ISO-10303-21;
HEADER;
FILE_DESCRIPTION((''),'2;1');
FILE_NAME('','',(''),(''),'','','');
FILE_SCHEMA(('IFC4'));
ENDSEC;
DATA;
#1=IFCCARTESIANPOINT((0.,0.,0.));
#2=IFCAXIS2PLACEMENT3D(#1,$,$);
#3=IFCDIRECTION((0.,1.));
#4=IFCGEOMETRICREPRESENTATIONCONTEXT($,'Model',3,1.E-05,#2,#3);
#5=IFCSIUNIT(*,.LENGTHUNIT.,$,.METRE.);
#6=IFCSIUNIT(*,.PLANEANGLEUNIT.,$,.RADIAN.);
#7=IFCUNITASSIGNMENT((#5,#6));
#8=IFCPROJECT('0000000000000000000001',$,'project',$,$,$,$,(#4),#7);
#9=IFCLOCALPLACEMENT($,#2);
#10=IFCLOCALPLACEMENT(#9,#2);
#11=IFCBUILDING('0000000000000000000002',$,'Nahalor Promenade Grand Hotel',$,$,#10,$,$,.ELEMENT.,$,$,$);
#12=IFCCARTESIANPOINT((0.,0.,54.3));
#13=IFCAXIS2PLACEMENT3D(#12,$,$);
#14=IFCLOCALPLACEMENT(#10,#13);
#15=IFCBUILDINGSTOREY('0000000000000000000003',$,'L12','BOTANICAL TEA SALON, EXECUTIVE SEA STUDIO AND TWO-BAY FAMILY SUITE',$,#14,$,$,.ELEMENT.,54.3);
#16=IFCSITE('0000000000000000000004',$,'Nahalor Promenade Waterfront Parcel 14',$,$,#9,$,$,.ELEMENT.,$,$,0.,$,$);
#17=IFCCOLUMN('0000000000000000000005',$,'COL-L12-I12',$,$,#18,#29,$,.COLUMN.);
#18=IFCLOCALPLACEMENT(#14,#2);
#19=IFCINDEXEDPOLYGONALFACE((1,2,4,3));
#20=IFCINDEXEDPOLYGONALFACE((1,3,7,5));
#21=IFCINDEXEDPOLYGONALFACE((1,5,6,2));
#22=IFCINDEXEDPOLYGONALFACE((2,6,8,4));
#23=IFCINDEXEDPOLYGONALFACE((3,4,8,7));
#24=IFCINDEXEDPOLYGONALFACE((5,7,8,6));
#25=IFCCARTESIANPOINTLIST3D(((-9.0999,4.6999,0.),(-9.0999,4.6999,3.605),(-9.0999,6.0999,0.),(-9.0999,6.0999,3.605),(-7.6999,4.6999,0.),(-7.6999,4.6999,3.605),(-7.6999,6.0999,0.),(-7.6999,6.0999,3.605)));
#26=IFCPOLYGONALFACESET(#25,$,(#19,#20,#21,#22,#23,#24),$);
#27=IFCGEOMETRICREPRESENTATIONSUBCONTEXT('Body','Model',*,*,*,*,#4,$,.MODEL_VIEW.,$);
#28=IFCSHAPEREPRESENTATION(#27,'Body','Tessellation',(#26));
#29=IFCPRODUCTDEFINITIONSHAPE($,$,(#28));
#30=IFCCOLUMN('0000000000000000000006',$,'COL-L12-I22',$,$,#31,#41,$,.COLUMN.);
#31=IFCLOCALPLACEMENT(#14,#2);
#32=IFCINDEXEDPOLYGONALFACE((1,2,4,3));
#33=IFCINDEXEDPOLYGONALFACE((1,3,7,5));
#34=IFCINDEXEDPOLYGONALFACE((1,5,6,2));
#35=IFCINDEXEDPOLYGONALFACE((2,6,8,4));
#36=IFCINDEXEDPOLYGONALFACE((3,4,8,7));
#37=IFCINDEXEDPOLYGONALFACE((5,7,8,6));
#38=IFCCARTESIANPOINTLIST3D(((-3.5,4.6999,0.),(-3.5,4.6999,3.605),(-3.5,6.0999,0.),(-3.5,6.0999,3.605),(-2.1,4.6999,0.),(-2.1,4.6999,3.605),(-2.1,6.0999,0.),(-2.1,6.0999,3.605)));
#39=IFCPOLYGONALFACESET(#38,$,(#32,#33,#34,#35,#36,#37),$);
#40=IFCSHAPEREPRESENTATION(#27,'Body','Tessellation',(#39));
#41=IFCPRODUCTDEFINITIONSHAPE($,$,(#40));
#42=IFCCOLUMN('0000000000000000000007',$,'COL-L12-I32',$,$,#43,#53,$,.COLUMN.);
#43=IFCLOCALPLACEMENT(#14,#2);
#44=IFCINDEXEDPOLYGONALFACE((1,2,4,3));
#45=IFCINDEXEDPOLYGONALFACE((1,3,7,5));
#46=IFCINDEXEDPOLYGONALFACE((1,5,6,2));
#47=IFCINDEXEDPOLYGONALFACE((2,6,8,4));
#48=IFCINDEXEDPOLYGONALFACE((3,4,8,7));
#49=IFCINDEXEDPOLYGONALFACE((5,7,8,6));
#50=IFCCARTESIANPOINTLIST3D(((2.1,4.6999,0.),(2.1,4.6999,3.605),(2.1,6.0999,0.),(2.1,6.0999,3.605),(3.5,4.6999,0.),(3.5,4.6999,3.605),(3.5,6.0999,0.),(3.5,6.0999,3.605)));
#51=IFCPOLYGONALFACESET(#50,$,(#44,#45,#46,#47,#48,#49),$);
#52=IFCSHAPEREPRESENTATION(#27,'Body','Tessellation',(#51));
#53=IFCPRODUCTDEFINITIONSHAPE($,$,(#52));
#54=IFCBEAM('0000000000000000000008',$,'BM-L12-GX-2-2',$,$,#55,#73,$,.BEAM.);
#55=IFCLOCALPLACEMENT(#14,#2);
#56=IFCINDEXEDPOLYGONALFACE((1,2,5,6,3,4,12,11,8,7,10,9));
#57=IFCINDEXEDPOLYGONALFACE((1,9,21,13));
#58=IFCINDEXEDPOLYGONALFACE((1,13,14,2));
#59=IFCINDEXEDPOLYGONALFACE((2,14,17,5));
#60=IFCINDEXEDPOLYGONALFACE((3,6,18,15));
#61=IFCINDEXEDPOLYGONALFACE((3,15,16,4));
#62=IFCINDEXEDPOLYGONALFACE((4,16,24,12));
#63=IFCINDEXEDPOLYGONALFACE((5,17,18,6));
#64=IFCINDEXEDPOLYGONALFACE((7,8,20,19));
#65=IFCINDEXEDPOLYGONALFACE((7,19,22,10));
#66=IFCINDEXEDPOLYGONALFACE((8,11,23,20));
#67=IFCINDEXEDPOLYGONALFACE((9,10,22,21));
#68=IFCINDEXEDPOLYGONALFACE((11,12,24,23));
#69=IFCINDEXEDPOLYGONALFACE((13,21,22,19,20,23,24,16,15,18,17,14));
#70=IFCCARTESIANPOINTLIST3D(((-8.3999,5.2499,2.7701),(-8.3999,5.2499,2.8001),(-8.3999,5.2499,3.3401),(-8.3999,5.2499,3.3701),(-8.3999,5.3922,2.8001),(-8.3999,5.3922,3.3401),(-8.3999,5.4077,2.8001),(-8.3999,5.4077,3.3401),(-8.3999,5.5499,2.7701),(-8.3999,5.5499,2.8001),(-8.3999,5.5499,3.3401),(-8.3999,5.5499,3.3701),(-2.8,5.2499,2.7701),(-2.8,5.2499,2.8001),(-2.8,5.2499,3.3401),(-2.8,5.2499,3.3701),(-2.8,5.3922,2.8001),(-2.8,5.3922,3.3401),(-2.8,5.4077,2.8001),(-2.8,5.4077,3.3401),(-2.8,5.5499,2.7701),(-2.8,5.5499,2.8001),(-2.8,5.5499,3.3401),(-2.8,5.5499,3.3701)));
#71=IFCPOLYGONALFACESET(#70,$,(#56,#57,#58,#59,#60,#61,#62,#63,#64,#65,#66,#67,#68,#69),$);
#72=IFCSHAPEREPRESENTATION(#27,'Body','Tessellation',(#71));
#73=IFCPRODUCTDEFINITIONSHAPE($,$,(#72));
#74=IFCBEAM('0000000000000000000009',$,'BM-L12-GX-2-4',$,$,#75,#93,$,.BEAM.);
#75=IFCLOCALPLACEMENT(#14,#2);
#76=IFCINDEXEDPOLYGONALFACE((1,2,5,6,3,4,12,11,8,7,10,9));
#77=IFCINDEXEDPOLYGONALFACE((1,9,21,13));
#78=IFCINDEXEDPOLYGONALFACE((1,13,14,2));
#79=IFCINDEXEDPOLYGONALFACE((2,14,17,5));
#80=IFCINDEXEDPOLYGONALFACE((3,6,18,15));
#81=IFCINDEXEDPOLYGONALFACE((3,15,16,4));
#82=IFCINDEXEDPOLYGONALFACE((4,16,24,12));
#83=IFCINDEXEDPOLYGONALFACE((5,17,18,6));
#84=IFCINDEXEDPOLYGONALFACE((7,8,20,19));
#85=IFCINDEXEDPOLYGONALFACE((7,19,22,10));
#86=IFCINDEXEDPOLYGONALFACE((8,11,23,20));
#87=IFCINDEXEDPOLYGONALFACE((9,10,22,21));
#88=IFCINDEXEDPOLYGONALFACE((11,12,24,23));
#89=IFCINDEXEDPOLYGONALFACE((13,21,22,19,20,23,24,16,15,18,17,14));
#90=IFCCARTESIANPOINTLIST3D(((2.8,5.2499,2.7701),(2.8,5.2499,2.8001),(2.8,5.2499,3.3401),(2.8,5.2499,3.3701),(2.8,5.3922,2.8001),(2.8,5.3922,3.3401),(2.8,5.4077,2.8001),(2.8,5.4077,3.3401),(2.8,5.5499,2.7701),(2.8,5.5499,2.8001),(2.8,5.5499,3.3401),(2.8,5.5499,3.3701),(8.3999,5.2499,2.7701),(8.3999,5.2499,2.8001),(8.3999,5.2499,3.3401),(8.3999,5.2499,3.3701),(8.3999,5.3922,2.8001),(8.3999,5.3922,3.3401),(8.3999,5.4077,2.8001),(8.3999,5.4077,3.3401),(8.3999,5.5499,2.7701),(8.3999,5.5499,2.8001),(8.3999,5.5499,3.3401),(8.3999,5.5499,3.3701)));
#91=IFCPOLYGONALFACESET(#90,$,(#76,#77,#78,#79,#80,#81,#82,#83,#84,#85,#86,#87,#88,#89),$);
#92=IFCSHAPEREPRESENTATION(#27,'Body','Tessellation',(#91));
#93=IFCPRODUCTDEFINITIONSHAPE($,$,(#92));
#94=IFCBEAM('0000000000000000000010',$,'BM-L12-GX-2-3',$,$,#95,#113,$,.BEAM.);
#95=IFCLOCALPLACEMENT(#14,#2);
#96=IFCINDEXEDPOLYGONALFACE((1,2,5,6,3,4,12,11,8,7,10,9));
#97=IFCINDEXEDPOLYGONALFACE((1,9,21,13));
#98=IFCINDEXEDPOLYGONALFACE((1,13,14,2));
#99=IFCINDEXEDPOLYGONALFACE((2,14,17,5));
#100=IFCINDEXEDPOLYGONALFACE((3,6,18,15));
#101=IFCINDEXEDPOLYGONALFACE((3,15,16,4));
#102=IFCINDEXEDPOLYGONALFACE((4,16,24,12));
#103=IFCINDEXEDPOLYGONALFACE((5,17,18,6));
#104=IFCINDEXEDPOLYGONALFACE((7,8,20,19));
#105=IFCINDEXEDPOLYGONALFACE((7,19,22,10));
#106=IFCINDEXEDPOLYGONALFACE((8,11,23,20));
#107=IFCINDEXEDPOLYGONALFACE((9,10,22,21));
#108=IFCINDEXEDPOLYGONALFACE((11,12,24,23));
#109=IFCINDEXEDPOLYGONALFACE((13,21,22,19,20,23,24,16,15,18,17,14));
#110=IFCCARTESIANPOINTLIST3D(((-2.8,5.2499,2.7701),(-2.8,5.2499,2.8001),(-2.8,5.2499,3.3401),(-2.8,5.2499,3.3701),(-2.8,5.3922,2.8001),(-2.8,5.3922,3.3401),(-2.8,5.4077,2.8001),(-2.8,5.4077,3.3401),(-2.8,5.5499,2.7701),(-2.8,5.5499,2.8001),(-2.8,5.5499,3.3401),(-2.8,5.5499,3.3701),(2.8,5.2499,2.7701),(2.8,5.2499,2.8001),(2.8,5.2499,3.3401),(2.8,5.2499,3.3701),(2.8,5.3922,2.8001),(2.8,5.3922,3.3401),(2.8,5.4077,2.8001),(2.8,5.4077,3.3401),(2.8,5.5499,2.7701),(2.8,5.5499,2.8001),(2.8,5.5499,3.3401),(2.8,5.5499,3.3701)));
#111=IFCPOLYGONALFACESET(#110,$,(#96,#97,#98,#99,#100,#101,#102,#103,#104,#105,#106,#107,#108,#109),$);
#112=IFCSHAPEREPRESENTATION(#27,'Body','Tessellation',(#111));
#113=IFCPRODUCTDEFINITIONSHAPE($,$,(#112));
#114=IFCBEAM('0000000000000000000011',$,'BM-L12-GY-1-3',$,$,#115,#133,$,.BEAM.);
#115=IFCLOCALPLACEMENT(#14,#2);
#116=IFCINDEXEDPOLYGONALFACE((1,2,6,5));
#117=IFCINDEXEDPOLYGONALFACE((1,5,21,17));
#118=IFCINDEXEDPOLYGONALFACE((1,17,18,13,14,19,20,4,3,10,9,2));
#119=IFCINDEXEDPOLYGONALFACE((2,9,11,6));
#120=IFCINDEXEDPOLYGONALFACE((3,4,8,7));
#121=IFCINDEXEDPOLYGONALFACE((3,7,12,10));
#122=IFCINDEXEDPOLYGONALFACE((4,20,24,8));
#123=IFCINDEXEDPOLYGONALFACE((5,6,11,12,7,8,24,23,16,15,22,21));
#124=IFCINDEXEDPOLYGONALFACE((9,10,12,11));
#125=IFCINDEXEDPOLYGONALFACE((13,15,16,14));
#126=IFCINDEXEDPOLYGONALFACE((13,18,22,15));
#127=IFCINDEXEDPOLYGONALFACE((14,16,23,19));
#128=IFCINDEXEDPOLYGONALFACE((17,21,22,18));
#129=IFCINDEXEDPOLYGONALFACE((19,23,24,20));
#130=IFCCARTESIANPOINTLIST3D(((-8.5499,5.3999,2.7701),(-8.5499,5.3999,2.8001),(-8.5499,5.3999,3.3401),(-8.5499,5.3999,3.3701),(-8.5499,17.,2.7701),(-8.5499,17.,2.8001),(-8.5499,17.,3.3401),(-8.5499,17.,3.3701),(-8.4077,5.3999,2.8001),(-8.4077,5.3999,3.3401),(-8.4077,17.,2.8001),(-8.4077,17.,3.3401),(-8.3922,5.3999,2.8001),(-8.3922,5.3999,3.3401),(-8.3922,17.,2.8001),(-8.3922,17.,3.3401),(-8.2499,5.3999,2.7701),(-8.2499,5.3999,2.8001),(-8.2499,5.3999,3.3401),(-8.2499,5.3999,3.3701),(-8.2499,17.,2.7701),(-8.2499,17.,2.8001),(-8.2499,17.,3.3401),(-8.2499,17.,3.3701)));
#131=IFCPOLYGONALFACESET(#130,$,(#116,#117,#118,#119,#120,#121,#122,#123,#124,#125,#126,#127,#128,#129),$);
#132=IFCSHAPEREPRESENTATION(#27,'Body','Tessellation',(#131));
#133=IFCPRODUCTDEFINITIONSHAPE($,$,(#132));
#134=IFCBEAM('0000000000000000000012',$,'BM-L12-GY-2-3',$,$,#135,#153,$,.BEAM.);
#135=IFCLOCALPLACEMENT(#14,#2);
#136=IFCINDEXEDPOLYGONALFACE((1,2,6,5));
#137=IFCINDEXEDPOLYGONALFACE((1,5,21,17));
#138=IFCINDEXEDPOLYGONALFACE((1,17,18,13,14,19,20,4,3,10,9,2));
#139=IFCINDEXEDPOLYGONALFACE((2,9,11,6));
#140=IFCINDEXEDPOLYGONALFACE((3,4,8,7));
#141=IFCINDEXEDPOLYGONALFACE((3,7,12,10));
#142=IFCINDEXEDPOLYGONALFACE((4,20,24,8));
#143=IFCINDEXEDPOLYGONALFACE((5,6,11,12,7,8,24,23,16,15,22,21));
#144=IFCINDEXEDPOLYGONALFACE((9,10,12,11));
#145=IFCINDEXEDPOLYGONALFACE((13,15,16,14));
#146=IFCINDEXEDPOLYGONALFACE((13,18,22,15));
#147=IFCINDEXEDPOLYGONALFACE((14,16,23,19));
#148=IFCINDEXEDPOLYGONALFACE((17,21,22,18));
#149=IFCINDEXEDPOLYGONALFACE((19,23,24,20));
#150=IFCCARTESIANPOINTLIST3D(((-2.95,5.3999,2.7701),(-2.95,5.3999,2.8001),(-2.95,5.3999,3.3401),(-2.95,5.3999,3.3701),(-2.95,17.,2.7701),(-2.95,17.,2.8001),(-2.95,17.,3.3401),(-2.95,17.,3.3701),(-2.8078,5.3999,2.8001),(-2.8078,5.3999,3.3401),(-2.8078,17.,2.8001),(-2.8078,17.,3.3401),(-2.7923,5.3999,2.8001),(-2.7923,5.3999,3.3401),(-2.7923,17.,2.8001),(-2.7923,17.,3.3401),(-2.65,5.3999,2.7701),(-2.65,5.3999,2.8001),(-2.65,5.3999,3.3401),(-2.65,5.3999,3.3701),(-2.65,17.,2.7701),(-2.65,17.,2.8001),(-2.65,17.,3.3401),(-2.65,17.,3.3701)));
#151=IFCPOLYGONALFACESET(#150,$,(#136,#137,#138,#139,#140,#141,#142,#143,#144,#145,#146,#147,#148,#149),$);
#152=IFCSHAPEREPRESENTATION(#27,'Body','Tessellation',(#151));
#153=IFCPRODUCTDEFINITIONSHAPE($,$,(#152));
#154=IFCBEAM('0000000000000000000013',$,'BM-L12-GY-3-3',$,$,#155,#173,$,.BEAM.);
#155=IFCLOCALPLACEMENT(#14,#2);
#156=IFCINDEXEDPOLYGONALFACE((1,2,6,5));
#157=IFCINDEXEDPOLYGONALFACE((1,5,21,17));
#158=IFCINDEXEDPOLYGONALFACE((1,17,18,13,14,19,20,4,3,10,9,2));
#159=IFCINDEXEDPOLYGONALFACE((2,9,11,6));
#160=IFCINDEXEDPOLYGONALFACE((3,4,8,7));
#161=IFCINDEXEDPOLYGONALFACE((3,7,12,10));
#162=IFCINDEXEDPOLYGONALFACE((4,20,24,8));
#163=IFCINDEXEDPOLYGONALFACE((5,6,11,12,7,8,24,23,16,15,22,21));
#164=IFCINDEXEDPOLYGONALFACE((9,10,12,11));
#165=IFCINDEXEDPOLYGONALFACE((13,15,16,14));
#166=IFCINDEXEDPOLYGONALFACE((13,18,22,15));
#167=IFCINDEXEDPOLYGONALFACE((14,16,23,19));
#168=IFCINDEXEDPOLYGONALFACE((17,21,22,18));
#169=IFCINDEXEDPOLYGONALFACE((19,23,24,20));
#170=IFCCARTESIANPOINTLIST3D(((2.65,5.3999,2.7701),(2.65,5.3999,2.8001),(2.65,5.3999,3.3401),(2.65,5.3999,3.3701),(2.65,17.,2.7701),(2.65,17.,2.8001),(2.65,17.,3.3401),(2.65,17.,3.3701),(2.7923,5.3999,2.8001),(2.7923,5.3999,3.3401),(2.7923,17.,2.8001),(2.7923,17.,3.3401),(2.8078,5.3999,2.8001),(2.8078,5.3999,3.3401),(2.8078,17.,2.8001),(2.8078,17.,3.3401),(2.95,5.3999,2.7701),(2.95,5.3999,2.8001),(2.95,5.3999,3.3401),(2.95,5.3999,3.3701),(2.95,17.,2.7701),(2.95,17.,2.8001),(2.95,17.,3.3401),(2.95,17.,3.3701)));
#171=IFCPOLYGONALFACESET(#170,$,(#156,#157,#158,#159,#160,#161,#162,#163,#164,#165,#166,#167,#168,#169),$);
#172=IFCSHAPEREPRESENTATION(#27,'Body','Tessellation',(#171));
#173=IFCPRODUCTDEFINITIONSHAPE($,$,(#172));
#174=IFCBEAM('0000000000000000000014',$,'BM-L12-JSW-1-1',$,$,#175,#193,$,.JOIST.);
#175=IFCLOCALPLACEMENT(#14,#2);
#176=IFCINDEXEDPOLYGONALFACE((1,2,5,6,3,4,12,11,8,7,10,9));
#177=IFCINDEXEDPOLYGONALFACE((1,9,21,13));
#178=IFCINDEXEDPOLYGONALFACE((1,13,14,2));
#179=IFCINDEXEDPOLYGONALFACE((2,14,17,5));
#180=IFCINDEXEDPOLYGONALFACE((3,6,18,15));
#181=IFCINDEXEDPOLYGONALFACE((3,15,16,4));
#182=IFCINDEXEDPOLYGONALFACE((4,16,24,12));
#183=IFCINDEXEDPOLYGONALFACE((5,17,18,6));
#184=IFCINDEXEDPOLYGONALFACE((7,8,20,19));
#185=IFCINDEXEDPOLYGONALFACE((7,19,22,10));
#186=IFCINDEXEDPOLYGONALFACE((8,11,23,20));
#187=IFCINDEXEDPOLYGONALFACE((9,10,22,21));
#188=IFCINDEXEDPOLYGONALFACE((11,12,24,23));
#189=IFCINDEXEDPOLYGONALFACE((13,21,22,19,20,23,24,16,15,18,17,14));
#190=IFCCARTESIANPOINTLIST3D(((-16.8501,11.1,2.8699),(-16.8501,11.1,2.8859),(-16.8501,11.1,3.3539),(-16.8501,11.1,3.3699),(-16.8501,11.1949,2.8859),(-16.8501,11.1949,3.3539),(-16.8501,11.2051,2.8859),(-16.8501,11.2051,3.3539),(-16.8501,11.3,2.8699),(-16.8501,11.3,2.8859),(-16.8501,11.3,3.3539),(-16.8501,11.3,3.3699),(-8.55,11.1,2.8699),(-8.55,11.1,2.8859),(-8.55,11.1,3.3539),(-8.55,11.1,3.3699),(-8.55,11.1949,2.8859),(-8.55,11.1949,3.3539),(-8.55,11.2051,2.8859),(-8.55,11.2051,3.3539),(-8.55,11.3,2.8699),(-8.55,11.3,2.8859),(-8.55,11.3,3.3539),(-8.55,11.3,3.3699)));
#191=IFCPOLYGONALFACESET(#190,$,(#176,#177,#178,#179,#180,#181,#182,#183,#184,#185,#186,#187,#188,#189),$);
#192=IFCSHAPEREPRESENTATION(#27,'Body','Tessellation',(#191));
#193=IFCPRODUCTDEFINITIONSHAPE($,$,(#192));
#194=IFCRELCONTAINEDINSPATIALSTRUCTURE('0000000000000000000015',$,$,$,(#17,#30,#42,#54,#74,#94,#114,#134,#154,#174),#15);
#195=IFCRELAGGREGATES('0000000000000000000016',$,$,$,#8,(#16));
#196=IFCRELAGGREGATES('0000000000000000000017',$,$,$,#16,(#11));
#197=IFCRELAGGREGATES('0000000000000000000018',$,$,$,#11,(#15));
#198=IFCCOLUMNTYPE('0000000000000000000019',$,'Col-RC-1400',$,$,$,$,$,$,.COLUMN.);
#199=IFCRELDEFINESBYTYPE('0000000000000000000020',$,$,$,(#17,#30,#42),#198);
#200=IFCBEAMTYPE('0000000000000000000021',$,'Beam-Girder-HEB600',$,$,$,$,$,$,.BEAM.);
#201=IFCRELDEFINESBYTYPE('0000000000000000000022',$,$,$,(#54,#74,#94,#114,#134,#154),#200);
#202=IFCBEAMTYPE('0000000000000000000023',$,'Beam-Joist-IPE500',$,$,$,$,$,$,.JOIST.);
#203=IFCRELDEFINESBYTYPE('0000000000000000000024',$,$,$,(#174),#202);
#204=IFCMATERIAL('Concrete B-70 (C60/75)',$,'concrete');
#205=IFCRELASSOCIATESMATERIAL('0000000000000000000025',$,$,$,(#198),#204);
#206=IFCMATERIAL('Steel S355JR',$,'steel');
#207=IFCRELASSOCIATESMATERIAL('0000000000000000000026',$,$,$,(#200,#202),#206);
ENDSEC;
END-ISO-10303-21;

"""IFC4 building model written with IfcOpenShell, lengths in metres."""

from ifc_helpers import new_model, si_unit, direction, frame, origin, origin_2d, place, context, subcontext, project, spatial, rectangle, i_section, extrude, source, transform, mapped, material, material_profile, profile_set, type_object, element, save


model = new_model("IFC4")

# Units and contexts
model_context = context("Model", 3, precision=1e-05, world=origin(), true_north=direction((0.0, 1.0)))
body_context = subcontext(model_context, "Body", "Model", "MODEL_VIEW")
ifc_project = project(units=[si_unit("LENGTHUNIT", "METRE"), si_unit("PLANEANGLEUNIT", "RADIAN")], contexts=[model_context])

# Site, building, storey
site_placement = place(None, origin())
site = spatial("IfcSite", under=ifc_project, at=site_placement, Name="Nahalor Promenade Waterfront Parcel 14", CompositionType="ELEMENT", RefElevation=0.0)
building_placement = place(site_placement, origin())
building = spatial("IfcBuilding", under=site, at=building_placement, Name="Nahalor Promenade Grand Hotel", CompositionType="ELEMENT")
storey_placement = place(building_placement, frame((0.0, 0.0, 54.3)))
storey = spatial("IfcBuildingStorey", under=building, at=storey_placement, Name="L12", Description="BOTANICAL TEA SALON, EXECUTIVE SEA STUDIO AND TWO-BAY FAMILY SUITE", CompositionType="ELEMENT", Elevation=54.3)

# Columns
ifc_material_1 = material(Name="Concrete B-70 (C60/75)", Category="concrete")
ifc_material_profile_1 = material_profile(ifc_material_1, rectangle(XDim=1.4, YDim=1.4, at=origin_2d()), Name="RC 1400x1400")
ifc_profile_set_1 = profile_set([ifc_material_profile_1], Name="Concrete B-70 (C60/75)")
column_type = type_object("IfcColumnType", Name="Col-RC-1400", PredefinedType="COLUMN", material=ifc_profile_set_1)
shared_shape_1 = source(origin(), body_context, "Body", "SweptSolid", [
    extrude(rectangle(XDim=1.4, YDim=1.4, at=origin_2d()), origin(), (0.0, 0.0, 1.0), 3.605),
])
for number, where, z_axis, x_axis, name in (
    (1, (-8.3999, 5.3999, 0.0), (0.0, 0.0, 1.0), (1.0, 0.0, 0.0), "COL-L12-I12"),
    (2, (-2.8, 5.3999, 0.0), (0.0, 0.0, 1.0), (1.0, 0.0, 0.0), "COL-L12-I22"),
    (3, (2.8, 5.3999, 0.0), (0.0, 0.0, 1.0), (1.0, 0.0, 0.0), "COL-L12-I32"),
):
    element("IfcColumn", number, at=place(storey_placement, frame(where, z_axis=z_axis, x_axis=x_axis)), inside=storey, type_object=column_type, Name=name, PredefinedType="COLUMN", context=body_context, shape_type="MappedRepresentation", body=[
        mapped(shared_shape_1, transform((0.0, 0.0, 0.0), scale=1.0)),
    ])

# Beams
ifc_material_2 = material(Name="Steel S355JR", Category="steel")
ifc_material_profile_2 = material_profile(ifc_material_2, i_section(OverallWidth=0.3, OverallDepth=0.6, WebThickness=0.0155, FlangeThickness=0.03, at=origin_2d()), Name="HEB 600")
ifc_profile_set_2 = profile_set([ifc_material_profile_2], Name="Steel S355JR")
beam_type_1 = type_object("IfcBeamType", Name="Beam-Girder-HEB600", PredefinedType="BEAM", material=ifc_profile_set_2)
shared_shape_2 = source(origin(), body_context, "Body", "SweptSolid", [
    extrude(i_section(OverallWidth=0.3, OverallDepth=0.6, WebThickness=0.0155, FlangeThickness=0.03, at=origin_2d()), origin(), (0.0, 0.0, 1.0), 5.5999),
])
for number, where, z_axis, x_axis, name in (
    (4, (-8.3999, 5.3999, 3.0701), (1.0, 0.0, 0.0), (0.0, 1.0, 0.0), "BM-L12-GX-2-2"),
    (5, (2.8, 5.3999, 3.0701), (1.0, 0.0, 0.0), (0.0, 1.0, 0.0), "BM-L12-GX-2-4"),
):
    element("IfcBeam", number, at=place(storey_placement, frame(where, z_axis=z_axis, x_axis=x_axis)), inside=storey, type_object=beam_type_1, Name=name, PredefinedType="BEAM", context=body_context, shape_type="MappedRepresentation", body=[
        mapped(shared_shape_2, transform((0.0, 0.0, 0.0), scale=1.0)),
    ])
shared_shape_3 = source(origin(), body_context, "Body", "SweptSolid", [
    extrude(i_section(OverallWidth=0.3, OverallDepth=0.6, WebThickness=0.0155, FlangeThickness=0.03, at=origin_2d()), origin(), (0.0, 0.0, 1.0), 5.6001),
])
beam_1_placement = place(storey_placement, frame((-2.8, 5.3999, 3.0701), z_axis=(1.0, 0.0, 0.0), x_axis=(0.0, 1.0, 0.0)))
element("IfcBeam", 6, at=beam_1_placement, inside=storey, type_object=beam_type_1, Name="BM-L12-GX-2-3", PredefinedType="BEAM", context=body_context, shape_type="MappedRepresentation", body=[
    mapped(shared_shape_3, transform((0.0, 0.0, 0.0), scale=1.0)),
])
shared_shape_4 = source(origin(), body_context, "Body", "SweptSolid", [
    extrude(i_section(OverallWidth=0.3, OverallDepth=0.6, WebThickness=0.0155, FlangeThickness=0.03, at=origin_2d()), origin(), (0.0, 0.0, 1.0), 11.6001),
])
for number, where, z_axis, x_axis, name in (
    (7, (-8.3999, 5.3999, 3.0701), (0.0, 1.0, 0.0), (-1.0, 0.0, 0.0), "BM-L12-GY-1-3"),
    (8, (-2.8, 5.3999, 3.0701), (0.0, 1.0, 0.0), (-1.0, 0.0, 0.0), "BM-L12-GY-2-3"),
    (9, (2.8, 5.3999, 3.0701), (0.0, 1.0, 0.0), (-1.0, 0.0, 0.0), "BM-L12-GY-3-3"),
):
    element("IfcBeam", number, at=place(storey_placement, frame(where, z_axis=z_axis, x_axis=x_axis)), inside=storey, type_object=beam_type_1, Name=name, PredefinedType="BEAM", context=body_context, shape_type="MappedRepresentation", body=[
        mapped(shared_shape_4, transform((0.0, 0.0, 0.0), scale=1.0)),
    ])
ifc_material_profile_3 = material_profile(ifc_material_2, i_section(OverallWidth=0.2, OverallDepth=0.5, WebThickness=0.0102, FlangeThickness=0.016, at=origin_2d()), Name="IPE 500")
ifc_profile_set_3 = profile_set([ifc_material_profile_3], Name="Steel S355JR")
beam_type_2 = type_object("IfcBeamType", Name="Beam-Joist-IPE500", PredefinedType="JOIST", material=ifc_profile_set_3)
shared_shape_5 = source(origin(), body_context, "Body", "SweptSolid", [
    extrude(i_section(OverallWidth=0.2, OverallDepth=0.5, WebThickness=0.0102, FlangeThickness=0.016, at=origin_2d()), origin(), (0.0, 0.0, 1.0), 8.3),
])
beam_2_placement = place(storey_placement, frame((-16.8501, 11.2, 3.1199), z_axis=(1.0, 0.0, 0.0), x_axis=(0.0, 1.0, 0.0)))
element("IfcBeam", 10, at=beam_2_placement, inside=storey, type_object=beam_type_2, Name="BM-L12-JSW-1-1", PredefinedType="JOIST", context=body_context, shape_type="MappedRepresentation", body=[
    mapped(shared_shape_5, transform((0.0, 0.0, 0.0), scale=1.0)),
])

save(model, "model.ifc")
